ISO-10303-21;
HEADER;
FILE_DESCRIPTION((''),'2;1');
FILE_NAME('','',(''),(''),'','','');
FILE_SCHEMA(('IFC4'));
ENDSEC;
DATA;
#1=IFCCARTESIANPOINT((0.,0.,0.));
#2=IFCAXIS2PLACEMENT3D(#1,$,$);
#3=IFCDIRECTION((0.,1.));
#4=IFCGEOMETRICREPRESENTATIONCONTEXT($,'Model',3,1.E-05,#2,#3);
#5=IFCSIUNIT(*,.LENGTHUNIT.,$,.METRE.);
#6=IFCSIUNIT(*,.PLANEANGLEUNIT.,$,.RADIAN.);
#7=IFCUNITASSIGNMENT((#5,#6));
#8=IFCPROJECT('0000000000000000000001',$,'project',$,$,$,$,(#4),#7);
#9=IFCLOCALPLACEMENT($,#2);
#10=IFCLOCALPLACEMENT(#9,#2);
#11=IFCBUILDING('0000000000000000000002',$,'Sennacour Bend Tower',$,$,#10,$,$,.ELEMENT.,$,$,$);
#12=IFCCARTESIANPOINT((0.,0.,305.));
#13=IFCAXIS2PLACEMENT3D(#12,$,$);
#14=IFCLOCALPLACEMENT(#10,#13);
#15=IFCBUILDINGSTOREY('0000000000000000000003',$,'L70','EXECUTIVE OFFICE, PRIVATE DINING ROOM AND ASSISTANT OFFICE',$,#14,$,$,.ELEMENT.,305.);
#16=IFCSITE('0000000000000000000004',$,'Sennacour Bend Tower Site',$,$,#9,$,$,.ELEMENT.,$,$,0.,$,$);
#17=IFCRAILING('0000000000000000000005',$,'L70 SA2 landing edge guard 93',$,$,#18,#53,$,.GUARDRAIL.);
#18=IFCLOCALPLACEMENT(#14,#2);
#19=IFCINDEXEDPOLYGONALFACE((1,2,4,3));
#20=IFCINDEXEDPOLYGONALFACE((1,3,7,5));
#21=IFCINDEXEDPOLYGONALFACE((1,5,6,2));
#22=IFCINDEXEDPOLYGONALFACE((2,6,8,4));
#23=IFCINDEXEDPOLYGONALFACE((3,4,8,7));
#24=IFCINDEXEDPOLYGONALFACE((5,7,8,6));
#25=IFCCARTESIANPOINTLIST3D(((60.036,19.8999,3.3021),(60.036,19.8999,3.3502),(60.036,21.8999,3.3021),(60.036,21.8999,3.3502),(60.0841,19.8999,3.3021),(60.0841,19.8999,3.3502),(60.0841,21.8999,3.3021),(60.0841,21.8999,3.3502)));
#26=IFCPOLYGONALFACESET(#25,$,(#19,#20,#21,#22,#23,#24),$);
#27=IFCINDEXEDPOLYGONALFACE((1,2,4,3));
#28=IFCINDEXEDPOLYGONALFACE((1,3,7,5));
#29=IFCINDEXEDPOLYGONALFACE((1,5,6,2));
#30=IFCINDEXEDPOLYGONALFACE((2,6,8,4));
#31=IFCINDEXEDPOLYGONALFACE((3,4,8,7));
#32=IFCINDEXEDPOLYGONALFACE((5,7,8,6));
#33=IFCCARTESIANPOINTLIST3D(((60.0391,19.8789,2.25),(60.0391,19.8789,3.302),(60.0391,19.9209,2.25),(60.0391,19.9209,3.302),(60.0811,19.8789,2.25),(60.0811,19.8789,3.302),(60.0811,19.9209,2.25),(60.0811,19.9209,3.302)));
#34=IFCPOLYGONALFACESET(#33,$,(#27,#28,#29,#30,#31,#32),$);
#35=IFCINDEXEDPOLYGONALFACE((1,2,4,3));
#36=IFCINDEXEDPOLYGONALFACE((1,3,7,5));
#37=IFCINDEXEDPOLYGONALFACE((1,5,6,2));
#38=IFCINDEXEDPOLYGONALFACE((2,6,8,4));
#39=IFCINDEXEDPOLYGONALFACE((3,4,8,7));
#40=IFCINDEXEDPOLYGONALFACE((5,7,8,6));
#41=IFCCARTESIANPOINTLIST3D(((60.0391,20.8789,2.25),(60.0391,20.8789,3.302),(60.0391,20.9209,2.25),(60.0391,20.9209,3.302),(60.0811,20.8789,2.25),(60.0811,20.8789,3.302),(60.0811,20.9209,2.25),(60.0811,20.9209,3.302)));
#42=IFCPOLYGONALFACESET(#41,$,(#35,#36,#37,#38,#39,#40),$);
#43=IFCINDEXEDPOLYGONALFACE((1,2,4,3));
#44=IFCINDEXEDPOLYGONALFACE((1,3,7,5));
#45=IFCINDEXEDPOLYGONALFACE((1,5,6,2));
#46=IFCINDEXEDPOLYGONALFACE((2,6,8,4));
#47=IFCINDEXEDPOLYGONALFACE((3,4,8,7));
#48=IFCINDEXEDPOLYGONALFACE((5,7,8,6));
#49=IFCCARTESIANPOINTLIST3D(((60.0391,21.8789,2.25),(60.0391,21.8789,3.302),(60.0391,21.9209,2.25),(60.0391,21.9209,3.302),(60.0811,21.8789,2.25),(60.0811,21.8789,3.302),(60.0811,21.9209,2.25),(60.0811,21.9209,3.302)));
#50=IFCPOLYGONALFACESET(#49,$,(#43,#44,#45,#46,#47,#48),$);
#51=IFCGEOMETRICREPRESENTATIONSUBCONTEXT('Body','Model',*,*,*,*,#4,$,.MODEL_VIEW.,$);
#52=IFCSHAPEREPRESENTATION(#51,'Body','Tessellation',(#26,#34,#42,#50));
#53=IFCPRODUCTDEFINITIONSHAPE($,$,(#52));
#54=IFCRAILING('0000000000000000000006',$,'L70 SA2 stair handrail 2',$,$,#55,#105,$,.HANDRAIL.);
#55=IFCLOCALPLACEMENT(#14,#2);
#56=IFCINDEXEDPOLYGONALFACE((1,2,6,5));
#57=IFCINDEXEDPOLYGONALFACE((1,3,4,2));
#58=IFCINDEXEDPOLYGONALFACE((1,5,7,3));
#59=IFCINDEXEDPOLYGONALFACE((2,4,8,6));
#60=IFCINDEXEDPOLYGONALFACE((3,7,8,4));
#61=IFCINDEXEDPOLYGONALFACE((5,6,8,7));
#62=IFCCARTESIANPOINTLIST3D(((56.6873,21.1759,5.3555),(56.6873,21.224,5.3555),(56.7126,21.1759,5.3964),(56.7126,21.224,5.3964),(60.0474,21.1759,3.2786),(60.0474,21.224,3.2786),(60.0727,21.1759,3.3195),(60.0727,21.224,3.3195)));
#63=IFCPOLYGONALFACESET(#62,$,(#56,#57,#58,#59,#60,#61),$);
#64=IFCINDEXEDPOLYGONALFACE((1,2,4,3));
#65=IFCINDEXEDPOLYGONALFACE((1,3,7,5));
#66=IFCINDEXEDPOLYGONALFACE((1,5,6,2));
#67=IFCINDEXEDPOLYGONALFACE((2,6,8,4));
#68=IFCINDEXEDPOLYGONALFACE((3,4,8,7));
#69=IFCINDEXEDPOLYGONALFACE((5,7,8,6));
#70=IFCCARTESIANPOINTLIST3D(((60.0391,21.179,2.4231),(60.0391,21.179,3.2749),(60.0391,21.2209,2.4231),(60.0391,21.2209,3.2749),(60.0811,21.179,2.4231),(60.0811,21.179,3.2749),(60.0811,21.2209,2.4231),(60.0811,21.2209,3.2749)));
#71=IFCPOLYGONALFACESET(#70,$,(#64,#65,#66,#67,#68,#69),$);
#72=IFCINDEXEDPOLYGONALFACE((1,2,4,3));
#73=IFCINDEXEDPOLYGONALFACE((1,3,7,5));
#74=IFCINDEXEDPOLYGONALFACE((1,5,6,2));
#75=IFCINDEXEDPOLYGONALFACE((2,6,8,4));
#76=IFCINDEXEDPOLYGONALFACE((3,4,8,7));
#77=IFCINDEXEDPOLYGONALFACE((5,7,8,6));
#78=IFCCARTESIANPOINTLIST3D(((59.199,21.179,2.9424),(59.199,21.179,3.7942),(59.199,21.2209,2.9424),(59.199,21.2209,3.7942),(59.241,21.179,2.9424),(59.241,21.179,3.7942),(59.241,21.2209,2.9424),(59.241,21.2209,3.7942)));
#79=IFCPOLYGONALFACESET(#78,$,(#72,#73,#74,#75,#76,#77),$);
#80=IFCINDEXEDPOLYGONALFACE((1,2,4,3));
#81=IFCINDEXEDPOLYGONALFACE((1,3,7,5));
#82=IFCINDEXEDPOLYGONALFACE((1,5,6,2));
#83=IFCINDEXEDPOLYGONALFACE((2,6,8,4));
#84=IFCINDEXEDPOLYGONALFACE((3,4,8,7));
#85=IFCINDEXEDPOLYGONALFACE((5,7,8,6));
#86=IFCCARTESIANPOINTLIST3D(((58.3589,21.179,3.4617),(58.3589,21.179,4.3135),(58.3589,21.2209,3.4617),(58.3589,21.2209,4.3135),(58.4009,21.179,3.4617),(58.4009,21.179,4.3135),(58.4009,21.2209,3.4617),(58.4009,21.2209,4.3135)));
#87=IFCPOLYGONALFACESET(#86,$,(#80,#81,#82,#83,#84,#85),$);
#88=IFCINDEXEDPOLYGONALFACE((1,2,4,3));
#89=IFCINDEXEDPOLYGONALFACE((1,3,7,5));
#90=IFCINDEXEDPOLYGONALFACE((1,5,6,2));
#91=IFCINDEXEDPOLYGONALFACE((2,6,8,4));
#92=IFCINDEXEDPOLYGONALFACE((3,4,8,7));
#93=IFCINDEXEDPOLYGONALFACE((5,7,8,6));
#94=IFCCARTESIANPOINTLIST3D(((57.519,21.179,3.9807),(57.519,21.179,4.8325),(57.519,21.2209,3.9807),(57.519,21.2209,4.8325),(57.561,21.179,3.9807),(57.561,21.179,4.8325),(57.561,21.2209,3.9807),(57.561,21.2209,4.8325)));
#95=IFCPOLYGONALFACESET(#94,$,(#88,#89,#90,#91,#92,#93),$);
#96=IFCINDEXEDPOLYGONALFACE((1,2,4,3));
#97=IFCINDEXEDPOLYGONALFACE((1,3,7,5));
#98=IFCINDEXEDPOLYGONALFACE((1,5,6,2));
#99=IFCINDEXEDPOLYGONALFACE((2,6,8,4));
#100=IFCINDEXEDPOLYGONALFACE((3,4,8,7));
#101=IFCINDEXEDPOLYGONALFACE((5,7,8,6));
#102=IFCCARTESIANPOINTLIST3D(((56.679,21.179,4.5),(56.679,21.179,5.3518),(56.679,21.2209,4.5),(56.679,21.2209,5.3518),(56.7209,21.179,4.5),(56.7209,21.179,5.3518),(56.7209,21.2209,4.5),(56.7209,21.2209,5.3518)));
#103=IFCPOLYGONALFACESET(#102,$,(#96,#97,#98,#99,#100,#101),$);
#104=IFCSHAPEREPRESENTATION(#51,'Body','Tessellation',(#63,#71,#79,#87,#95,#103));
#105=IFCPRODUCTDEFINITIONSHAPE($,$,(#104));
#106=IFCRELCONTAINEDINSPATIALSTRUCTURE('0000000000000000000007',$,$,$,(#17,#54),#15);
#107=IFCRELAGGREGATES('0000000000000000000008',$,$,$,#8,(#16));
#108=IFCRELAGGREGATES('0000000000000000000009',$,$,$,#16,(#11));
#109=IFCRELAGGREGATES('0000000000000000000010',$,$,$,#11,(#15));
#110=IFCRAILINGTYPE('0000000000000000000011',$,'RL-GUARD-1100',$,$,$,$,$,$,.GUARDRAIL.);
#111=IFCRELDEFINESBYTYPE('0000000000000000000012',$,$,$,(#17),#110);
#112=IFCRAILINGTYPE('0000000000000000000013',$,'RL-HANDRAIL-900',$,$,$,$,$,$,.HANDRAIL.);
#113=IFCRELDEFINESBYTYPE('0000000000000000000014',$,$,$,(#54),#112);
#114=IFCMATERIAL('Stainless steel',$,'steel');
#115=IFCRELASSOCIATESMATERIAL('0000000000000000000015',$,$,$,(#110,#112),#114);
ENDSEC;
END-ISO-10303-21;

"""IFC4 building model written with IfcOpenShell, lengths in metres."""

from ifc_helpers import new_model, si_unit, direction, frame, origin, origin_2d, place, context, subcontext, project, spatial, rectangle, extrude, material, type_object, element, save


model = new_model("IFC4")

# Units and contexts
model_context = context("Model", 3, precision=1e-05, world=origin(), true_north=direction((0.0, 1.0)))
body_context = subcontext(model_context, "Body", "Model", "MODEL_VIEW")
ifc_project = project(units=[si_unit("LENGTHUNIT", "METRE"), si_unit("PLANEANGLEUNIT", "RADIAN")], contexts=[model_context])

# Site, building, storey
site_placement = place(None, origin())
site = spatial("IfcSite", under=ifc_project, at=site_placement, Name="Sennacour Bend Tower Site", CompositionType="ELEMENT", RefElevation=0.0)
building_placement = place(site_placement, origin())
building = spatial("IfcBuilding", under=site, at=building_placement, Name="Sennacour Bend Tower", CompositionType="ELEMENT")
storey_placement = place(building_placement, frame((0.0, 0.0, 305.0)))
storey = spatial("IfcBuildingStorey", under=building, at=storey_placement, Name="L70", Description="EXECUTIVE OFFICE, PRIVATE DINING ROOM AND ASSISTANT OFFICE", CompositionType="ELEMENT", Elevation=305.0)

# Railings
ifc_material_1 = material(Name="Stainless steel", Category="steel")
railing_type_1 = type_object("IfcRailingType", Name="RL-GUARD-1100", PredefinedType="GUARDRAIL", material=ifc_material_1)
railing_1_placement = place(storey_placement, frame((60.0601, 19.8999, 2.25)))
element("IfcRailing", 1, at=railing_1_placement, inside=storey, type_object=railing_type_1, Name="L70 SA2 landing edge guard 93", PredefinedType="GUARDRAIL", context=body_context, shape_type="SweptSolid", body=[
    extrude(rectangle(XDim=0.0481, YDim=0.0481, at=origin_2d()), frame((0.0, 0.0, 1.0762), z_axis=(0.0, 1.0, 0.0), x_axis=(-1.0, 0.0, 0.0)), (0.0, 0.0, 1.0), 2.0),
    extrude(rectangle(XDim=0.042, YDim=0.042, at=origin_2d()), origin(), (0.0, 0.0, 1.0), 1.052),
    extrude(rectangle(XDim=0.042, YDim=0.042, at=origin_2d()), frame((0.0, 1.0, 0.0)), (0.0, 0.0, 1.0), 1.052),
    extrude(rectangle(XDim=0.042, YDim=0.042, at=origin_2d()), frame((0.0, 2.0, 0.0)), (0.0, 0.0, 1.0), 1.052),
])
railing_type_2 = type_object("IfcRailingType", Name="RL-HANDRAIL-900", PredefinedType="HANDRAIL", material=ifc_material_1)
railing_2_placement = place(storey_placement, frame((60.0601, 21.2, 2.4231)))
element("IfcRailing", 2, at=railing_2_placement, inside=storey, type_object=railing_type_2, Name="L70 SA2 stair handrail 2", PredefinedType="HANDRAIL", context=body_context, shape_type="SweptSolid", body=[
    extrude(rectangle(XDim=0.0481, YDim=0.0481, at=origin_2d()), frame((0.0, 0.0, 0.876), z_axis=(-0.850623, 0.0, 0.525776), x_axis=(0.0, -1.0, 0.0)), (0.0, 0.0, 1.0), 3.9502),
    extrude(rectangle(XDim=0.042, YDim=0.042, at=origin_2d()), origin(), (0.0, 0.0, 1.0), 0.8518),
    extrude(rectangle(XDim=0.042, YDim=0.042, at=origin_2d()), frame((-0.8401, 0.0, 0.5193)), (0.0, 0.0, 1.0), 0.8518),
    extrude(rectangle(XDim=0.042, YDim=0.042, at=origin_2d()), frame((-1.6802, 0.0, 1.0386)), (0.0, 0.0, 1.0), 0.8518),
    extrude(rectangle(XDim=0.042, YDim=0.042, at=origin_2d()), frame((-2.52, 0.0, 1.5576)), (0.0, 0.0, 1.0), 0.8518),
    extrude(rectangle(XDim=0.042, YDim=0.042, at=origin_2d()), frame((-3.3601, 0.0, 2.0769)), (0.0, 0.0, 1.0), 0.8518),
])

save(model, "model.ifc")
